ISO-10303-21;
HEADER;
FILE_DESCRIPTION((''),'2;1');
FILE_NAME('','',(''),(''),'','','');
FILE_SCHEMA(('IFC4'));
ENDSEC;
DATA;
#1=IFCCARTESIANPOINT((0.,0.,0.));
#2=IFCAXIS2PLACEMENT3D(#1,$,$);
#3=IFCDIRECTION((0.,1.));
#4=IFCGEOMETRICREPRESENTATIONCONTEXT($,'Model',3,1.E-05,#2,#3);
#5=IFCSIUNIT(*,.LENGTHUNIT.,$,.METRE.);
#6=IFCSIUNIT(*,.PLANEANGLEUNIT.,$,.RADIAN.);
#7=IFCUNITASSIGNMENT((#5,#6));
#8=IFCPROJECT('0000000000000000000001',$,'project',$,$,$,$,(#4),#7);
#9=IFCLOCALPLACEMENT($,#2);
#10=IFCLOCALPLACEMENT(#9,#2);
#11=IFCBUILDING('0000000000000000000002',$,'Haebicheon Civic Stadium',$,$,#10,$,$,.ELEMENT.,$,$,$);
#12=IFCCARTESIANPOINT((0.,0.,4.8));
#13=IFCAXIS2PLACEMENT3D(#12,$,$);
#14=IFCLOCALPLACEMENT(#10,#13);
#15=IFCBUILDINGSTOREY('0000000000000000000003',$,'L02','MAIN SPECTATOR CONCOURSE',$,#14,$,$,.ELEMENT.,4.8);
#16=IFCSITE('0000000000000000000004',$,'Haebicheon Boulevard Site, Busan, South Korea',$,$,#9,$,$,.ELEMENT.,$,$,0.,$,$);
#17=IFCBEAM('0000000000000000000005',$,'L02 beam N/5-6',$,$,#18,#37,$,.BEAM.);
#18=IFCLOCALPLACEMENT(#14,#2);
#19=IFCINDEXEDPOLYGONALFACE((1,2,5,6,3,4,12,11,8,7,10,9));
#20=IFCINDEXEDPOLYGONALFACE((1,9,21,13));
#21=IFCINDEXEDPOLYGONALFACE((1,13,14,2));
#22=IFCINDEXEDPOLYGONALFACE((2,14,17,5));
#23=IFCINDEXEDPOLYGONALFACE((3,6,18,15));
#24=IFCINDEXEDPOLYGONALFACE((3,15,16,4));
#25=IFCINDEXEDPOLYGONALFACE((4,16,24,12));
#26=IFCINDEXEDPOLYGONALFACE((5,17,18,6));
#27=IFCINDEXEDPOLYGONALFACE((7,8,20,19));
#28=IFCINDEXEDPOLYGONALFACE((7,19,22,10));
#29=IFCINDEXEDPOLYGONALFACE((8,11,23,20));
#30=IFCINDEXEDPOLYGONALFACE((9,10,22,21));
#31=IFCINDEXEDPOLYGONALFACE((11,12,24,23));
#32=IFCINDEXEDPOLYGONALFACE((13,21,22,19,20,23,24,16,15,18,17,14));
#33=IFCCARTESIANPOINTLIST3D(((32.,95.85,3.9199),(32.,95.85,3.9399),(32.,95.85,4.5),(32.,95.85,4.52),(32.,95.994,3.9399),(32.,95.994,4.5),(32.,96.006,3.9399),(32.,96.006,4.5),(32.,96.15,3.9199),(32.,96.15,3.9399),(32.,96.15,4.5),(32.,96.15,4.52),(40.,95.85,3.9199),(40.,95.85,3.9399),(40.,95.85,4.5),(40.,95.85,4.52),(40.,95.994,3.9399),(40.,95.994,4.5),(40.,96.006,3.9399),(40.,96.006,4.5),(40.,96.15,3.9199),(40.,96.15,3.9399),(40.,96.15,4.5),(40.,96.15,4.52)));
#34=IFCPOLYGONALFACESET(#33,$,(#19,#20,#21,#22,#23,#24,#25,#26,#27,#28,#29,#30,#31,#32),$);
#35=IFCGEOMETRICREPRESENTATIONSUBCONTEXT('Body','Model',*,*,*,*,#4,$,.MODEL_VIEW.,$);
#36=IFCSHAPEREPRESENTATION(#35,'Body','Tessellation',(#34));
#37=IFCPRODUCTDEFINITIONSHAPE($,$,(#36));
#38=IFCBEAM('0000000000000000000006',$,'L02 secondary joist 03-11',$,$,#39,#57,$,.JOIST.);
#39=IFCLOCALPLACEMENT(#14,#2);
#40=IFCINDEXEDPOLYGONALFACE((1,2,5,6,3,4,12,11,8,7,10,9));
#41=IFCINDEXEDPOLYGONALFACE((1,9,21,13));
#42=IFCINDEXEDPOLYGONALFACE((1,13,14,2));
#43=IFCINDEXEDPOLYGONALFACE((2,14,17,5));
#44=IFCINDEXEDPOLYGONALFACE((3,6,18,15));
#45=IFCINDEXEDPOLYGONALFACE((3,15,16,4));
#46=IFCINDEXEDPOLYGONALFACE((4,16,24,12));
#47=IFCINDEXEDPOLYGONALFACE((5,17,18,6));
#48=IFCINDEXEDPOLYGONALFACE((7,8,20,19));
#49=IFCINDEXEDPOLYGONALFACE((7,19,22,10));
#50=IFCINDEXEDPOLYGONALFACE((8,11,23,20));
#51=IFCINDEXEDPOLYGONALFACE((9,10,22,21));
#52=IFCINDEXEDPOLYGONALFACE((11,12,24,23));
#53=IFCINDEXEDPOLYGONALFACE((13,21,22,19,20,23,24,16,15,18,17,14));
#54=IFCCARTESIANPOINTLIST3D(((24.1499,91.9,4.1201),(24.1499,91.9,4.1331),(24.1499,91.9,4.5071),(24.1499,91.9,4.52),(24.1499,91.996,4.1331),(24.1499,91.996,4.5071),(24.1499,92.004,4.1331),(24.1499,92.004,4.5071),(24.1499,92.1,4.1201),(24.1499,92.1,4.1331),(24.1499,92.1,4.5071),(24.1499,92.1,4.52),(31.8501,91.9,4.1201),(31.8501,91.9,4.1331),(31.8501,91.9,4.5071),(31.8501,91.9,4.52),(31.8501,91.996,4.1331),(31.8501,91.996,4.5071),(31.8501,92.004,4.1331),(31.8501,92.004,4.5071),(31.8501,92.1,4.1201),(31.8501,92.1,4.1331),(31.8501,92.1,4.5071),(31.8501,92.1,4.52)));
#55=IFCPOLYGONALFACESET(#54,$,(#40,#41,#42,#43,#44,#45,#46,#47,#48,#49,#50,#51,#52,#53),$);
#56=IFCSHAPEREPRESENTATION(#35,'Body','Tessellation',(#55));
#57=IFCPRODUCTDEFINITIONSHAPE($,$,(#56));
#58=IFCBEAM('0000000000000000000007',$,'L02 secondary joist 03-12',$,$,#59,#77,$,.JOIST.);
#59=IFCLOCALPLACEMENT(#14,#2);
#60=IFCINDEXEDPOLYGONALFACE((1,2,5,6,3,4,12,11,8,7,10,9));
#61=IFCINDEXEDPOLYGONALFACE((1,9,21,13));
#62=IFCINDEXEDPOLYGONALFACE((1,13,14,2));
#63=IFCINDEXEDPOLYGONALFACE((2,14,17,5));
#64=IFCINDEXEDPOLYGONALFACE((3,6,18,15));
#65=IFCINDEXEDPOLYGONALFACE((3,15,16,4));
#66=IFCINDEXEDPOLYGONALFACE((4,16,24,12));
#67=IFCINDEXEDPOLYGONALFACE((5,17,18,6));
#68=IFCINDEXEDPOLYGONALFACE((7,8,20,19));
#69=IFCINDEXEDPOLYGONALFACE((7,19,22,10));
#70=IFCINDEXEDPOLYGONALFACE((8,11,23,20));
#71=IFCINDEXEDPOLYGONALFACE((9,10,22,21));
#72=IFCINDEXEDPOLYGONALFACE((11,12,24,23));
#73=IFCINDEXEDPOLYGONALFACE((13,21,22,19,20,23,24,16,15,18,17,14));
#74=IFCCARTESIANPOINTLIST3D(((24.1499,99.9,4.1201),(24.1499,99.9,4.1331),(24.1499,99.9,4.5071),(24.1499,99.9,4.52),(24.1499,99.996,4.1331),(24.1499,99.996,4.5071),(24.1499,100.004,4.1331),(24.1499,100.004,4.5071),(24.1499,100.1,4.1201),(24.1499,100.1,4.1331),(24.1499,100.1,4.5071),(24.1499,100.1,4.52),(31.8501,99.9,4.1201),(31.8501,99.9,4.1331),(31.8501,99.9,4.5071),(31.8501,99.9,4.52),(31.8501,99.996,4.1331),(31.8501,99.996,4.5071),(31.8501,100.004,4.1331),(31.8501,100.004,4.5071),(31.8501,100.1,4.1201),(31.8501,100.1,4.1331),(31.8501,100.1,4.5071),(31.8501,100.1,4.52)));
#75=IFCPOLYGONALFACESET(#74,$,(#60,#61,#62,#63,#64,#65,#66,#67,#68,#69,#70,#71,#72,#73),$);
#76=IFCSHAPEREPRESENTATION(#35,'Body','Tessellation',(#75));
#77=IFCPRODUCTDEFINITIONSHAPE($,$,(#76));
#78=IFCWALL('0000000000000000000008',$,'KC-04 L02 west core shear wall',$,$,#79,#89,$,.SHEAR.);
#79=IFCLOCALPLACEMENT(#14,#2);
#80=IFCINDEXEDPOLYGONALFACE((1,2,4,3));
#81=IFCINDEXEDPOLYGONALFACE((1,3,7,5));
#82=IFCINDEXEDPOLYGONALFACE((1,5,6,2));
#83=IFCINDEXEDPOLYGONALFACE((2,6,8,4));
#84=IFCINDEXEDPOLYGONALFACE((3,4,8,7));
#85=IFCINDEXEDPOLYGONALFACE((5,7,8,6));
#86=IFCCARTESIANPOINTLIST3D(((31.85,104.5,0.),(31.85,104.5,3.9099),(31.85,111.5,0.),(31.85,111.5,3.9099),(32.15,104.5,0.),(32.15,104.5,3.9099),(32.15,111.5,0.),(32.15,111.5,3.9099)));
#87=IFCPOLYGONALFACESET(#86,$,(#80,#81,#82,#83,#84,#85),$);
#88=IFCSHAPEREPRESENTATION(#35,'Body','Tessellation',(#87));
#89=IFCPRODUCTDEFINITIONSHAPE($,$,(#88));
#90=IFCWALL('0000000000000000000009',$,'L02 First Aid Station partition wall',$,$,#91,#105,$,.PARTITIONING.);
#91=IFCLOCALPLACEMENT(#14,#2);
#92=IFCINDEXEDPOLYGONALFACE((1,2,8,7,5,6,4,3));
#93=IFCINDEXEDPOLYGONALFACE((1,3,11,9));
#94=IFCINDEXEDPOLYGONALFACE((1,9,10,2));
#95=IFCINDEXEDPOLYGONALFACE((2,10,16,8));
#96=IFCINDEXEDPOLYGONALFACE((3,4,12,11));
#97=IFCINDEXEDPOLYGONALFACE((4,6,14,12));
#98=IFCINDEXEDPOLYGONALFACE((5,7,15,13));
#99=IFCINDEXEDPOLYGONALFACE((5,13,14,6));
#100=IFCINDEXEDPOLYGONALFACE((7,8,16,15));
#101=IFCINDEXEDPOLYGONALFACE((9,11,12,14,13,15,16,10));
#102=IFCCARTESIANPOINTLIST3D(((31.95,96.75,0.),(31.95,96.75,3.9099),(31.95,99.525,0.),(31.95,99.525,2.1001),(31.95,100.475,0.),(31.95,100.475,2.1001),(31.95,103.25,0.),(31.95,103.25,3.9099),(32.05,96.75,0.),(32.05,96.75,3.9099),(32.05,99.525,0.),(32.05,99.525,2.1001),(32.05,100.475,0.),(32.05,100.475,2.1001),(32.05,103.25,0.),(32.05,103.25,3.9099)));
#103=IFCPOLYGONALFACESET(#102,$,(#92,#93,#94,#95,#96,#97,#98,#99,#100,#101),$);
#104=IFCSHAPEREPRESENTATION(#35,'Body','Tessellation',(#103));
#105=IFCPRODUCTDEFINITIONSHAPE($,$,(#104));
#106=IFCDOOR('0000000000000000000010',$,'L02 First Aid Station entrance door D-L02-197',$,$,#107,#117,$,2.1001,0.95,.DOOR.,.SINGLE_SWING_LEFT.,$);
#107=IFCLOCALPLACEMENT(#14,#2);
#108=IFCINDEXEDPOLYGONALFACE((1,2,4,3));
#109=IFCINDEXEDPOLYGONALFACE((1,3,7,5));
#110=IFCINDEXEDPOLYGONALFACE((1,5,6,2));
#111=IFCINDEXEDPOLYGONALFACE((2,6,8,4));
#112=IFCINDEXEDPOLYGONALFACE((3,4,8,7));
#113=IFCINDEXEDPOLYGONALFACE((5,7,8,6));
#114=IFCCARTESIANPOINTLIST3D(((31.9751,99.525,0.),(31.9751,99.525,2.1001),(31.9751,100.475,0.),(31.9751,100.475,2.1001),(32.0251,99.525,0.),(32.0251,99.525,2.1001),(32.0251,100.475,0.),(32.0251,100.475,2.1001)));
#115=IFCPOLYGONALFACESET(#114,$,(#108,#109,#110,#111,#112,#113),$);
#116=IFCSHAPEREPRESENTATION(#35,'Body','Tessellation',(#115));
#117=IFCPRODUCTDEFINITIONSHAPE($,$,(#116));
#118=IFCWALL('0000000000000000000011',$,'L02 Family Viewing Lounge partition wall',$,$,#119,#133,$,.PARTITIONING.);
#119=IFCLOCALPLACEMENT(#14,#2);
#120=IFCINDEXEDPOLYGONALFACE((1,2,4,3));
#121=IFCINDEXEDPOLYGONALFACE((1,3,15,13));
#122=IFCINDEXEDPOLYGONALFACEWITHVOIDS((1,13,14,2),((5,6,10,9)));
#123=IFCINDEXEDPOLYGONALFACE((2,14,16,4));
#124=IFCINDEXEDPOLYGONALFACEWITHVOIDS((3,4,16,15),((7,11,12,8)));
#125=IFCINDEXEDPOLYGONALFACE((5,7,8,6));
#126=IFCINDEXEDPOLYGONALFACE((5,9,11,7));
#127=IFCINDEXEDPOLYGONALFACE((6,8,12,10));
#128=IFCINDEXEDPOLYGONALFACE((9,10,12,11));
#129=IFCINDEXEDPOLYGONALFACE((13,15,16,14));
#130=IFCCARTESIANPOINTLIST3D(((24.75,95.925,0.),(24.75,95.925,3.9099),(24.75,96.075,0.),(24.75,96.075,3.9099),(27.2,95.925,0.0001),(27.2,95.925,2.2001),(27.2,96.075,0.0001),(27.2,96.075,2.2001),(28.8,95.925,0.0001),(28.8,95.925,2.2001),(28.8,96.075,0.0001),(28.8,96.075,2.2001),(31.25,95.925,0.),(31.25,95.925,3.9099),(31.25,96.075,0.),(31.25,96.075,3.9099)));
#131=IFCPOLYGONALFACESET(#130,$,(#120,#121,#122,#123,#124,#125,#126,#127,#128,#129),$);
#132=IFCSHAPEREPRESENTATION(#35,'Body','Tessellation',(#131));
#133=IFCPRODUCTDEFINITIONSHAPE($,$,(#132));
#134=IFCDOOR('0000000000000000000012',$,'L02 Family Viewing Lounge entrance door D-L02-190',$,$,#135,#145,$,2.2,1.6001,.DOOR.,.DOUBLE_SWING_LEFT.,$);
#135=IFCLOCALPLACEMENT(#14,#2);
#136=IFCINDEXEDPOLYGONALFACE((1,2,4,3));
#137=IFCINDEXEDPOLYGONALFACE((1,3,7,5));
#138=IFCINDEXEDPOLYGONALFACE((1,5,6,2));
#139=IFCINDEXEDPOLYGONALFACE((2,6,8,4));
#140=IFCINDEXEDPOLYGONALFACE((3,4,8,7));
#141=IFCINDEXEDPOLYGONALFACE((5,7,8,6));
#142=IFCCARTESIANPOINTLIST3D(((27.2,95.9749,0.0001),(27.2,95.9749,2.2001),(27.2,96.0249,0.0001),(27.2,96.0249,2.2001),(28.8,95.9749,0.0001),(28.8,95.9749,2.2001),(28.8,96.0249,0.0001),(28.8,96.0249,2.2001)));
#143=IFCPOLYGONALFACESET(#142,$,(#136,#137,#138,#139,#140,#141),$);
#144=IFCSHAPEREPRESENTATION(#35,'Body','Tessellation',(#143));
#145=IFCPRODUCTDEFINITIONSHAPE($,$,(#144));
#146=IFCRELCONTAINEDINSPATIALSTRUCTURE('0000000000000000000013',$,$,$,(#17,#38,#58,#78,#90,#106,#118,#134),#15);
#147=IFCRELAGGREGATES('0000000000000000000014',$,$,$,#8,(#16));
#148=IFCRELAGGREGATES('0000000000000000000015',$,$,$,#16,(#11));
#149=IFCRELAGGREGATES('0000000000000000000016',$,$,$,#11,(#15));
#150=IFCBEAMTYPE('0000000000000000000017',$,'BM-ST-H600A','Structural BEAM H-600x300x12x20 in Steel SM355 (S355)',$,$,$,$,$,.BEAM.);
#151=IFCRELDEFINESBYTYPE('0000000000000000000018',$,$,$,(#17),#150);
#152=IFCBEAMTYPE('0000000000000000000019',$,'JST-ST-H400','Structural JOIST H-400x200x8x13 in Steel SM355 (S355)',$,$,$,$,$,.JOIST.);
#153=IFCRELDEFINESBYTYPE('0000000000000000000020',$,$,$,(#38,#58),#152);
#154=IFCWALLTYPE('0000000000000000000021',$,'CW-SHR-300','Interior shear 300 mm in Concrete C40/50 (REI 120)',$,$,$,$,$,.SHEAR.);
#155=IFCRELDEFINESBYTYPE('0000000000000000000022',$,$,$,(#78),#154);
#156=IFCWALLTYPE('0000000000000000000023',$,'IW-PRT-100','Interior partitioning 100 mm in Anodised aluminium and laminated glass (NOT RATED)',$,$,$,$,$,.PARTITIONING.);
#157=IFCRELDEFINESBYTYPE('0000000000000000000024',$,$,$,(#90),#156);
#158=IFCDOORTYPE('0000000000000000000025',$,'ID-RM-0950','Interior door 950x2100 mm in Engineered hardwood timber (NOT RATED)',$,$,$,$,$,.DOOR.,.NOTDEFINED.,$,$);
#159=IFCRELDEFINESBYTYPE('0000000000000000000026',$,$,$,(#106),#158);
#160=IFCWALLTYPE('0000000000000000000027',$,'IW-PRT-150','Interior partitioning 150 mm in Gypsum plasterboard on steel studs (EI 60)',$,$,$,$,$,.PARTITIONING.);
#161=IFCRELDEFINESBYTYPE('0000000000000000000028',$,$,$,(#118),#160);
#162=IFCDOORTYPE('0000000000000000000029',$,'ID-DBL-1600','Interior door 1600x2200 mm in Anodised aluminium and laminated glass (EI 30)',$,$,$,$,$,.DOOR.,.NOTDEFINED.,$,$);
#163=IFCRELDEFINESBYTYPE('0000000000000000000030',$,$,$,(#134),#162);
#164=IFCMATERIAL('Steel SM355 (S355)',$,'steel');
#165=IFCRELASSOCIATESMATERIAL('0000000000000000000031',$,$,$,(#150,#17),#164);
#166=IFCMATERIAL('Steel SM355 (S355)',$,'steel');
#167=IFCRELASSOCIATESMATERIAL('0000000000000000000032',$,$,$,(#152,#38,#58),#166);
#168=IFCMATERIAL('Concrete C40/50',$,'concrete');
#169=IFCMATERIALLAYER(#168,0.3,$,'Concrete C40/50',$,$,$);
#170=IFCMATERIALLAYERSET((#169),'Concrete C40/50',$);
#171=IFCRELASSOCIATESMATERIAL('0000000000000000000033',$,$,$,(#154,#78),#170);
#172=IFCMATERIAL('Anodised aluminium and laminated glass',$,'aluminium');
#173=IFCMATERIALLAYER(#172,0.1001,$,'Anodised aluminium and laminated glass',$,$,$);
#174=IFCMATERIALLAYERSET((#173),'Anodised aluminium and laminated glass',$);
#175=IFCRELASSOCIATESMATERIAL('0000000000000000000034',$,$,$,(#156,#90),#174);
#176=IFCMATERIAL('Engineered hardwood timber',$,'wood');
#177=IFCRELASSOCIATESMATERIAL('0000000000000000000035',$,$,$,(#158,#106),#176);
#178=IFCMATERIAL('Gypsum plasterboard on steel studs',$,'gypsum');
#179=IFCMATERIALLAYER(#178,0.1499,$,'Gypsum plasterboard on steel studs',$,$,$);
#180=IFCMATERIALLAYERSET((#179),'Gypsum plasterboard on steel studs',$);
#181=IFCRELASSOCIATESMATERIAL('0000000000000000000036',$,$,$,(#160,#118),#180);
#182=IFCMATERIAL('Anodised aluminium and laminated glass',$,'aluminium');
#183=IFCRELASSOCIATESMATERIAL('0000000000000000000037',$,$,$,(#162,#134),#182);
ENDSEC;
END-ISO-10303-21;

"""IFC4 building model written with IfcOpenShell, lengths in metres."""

from ifc_helpers import new_model, si_unit, direction, frame, frame_2d, origin, origin_2d, place, context, subcontext, project, spatial, rectangle, i_section, extrude, material, layer, layer_set, material_profile, profile_set, type_object, element, fill, save


model = new_model("IFC4")

# Units and contexts
model_context = context("Model", 3, precision=1e-05, world=origin(), true_north=direction((0.0, 1.0)))
body_context = subcontext(model_context, "Body", "Model", "MODEL_VIEW")
ifc_project = project(units=[si_unit("LENGTHUNIT", "METRE"), si_unit("PLANEANGLEUNIT", "RADIAN")], contexts=[model_context])

# Site, building, storey
site_placement = place(None, origin())
site = spatial("IfcSite", under=ifc_project, at=site_placement, Name="Haebicheon Boulevard Site, Busan, South Korea", CompositionType="ELEMENT", RefElevation=0.0)
building_placement = place(site_placement, origin())
building = spatial("IfcBuilding", under=site, at=building_placement, Name="Haebicheon Civic Stadium", CompositionType="ELEMENT")
storey_placement = place(building_placement, frame((0.0, 0.0, 4.8)))
storey = spatial("IfcBuildingStorey", under=building, at=storey_placement, Name="L02", Description="MAIN SPECTATOR CONCOURSE", CompositionType="ELEMENT", Elevation=4.8)

# Beams
ifc_material_1 = material(Name="Steel SM355 (S355)", Category="steel")
ifc_material_profile_1 = material_profile(ifc_material_1, i_section(OverallWidth=0.3, OverallDepth=0.6001, WebThickness=0.012, FlangeThickness=0.02, at=origin_2d()), Name="H-600x300x12x20")
ifc_profile_set_1 = profile_set([ifc_material_profile_1], Name="Steel SM355 (S355)")
beam_type_1 = type_object("IfcBeamType", Name="BM-ST-H600A", Description="Structural BEAM H-600x300x12x20 in Steel SM355 (S355)", PredefinedType="BEAM", material=ifc_profile_set_1)
for number, where, z_axis, x_axis, name in (
    (1, (32.0, 96.0, 4.22), (1.0, 0.0, 0.0), (0.0, 1.0, 0.0), "L02 beam N/5-6"),
):
    element("IfcBeam", number, at=place(storey_placement, frame(where, z_axis=z_axis, x_axis=x_axis)), inside=storey, type_object=beam_type_1, material=ifc_profile_set_1, Name=name, PredefinedType="BEAM", context=body_context, shape_type="SweptSolid", body=[
        extrude(i_section(OverallWidth=0.3, OverallDepth=0.6001, WebThickness=0.012, FlangeThickness=0.02, at=origin_2d()), origin(), (0.0, 0.0, 1.0), 8.0),
    ])
ifc_material_2 = material(Name="Steel SM355 (S355)", Category="steel")
ifc_material_profile_2 = material_profile(ifc_material_2, i_section(OverallWidth=0.2, OverallDepth=0.3999, WebThickness=0.0081, FlangeThickness=0.0129, at=origin_2d()), Name="H-400x200x8x13")
ifc_profile_set_2 = profile_set([ifc_material_profile_2], Name="Steel SM355 (S355)")
beam_type_2 = type_object("IfcBeamType", Name="JST-ST-H400", Description="Structural JOIST H-400x200x8x13 in Steel SM355 (S355)", PredefinedType="JOIST", material=ifc_profile_set_2)
for number, where, z_axis, x_axis, name in (
    (2, (24.1499, 92.0, 4.3201), (1.0, 0.0, 0.0), (0.0, 1.0, 0.0), "L02 secondary joist 03-11"),
    (3, (24.1499, 100.0, 4.3201), (1.0, 0.0, 0.0), (0.0, 1.0, 0.0), "L02 secondary joist 03-12"),
):
    element("IfcBeam", number, at=place(storey_placement, frame(where, z_axis=z_axis, x_axis=x_axis)), inside=storey, type_object=beam_type_2, material=ifc_profile_set_2, Name=name, PredefinedType="JOIST", context=body_context, shape_type="SweptSolid", body=[
        extrude(i_section(OverallWidth=0.2, OverallDepth=0.3999, WebThickness=0.0081, FlangeThickness=0.0129, at=origin_2d()), origin(), (0.0, 0.0, 1.0), 7.7002),
    ])

# Wall
ifc_material_3 = material(Name="Concrete C40/50", Category="concrete")
ifc_layer_1 = layer(ifc_material_3, 0.3, Name="Concrete C40/50")
ifc_layer_set_1 = layer_set([ifc_layer_1], Name="Concrete C40/50")
wall_type_1 = type_object("IfcWallType", Name="CW-SHR-300", Description="Interior shear 300 mm in Concrete C40/50 (REI 120)", PredefinedType="SHEAR", material=ifc_layer_set_1)
wall_1_placement = place(storey_placement, frame((32.0, 104.5, 0.0), z_axis=(0.0, 0.0, 1.0), x_axis=(0.0, 1.0, 0.0)))
element("IfcWall", 4, at=wall_1_placement, inside=storey, type_object=wall_type_1, material=ifc_layer_set_1, Name="KC-04 L02 west core shear wall", PredefinedType="SHEAR", context=body_context, shape_type="SweptSolid", body=[
    extrude(rectangle(XDim=7.0, YDim=0.3, at=frame_2d((3.5, 0.0))), origin(), (0.0, 0.0, 1.0), 3.9099),
])

# Walls, openings, doors
ifc_material_4 = material(Name="Anodised aluminium and laminated glass", Category="aluminium")
ifc_layer_2 = layer(ifc_material_4, 0.1001, Name="Anodised aluminium and laminated glass")
ifc_layer_set_2 = layer_set([ifc_layer_2], Name="Anodised aluminium and laminated glass")
wall_type_2 = type_object("IfcWallType", Name="IW-PRT-100", Description="Interior partitioning 100 mm in Anodised aluminium and laminated glass (NOT RATED)", PredefinedType="PARTITIONING", material=ifc_layer_set_2)
wall_2_placement = place(storey_placement, frame((32.0, 96.75, 0.0), z_axis=(0.0, 0.0, 1.0), x_axis=(0.0, 1.0, 0.0)))
wall_2 = element("IfcWall", 5, at=wall_2_placement, inside=storey, type_object=wall_type_2, material=ifc_layer_set_2, Name="L02 First Aid Station partition wall", PredefinedType="PARTITIONING", context=body_context, shape_type="SweptSolid", body=[
    extrude(rectangle(XDim=6.5, YDim=0.1001, at=frame_2d((3.25, 0.0))), origin(), (0.0, 0.0, 1.0), 3.9099),
])
opening_1_placement = place(wall_2_placement, frame((2.7749, 0.0, 0.0)))
opening_1 = element("IfcOpeningElement", 6, at=opening_1_placement, cuts=wall_2, PredefinedType="OPENING", context=body_context, shape_type="SweptSolid", body=[
    extrude(rectangle(XDim=0.95, YDim=2.1001, at=frame_2d((0.4751, 1.05))), frame((0.0, 0.0601, 0.0), z_axis=(0.0, -1.0, 0.0), x_axis=(1.0, 0.0, 0.0)), (0.0, 0.0, 1.0), 0.1201),
])
ifc_material_5 = material(Name="Engineered hardwood timber", Category="wood")
door_type_1 = type_object("IfcDoorType", Name="ID-RM-0950", Description="Interior door 950x2100 mm in Engineered hardwood timber (NOT RATED)", OperationType="NOTDEFINED", PredefinedType="DOOR", material=ifc_material_5)
door_1_placement = place(opening_1_placement, origin())
door_1 = element("IfcDoor", 7, at=door_1_placement, inside=storey, type_object=door_type_1, material=ifc_material_5, Name="L02 First Aid Station entrance door D-L02-197", OperationType="SINGLE_SWING_LEFT", OverallHeight=2.1001, OverallWidth=0.95, PredefinedType="DOOR", context=body_context, shape_type="SweptSolid", body=[
    extrude(rectangle(XDim=0.95, YDim=2.1001, at=frame_2d((0.4751, 1.05))), frame((0.0, 0.0249, 0.0), z_axis=(0.0, -1.0, 0.0), x_axis=(1.0, 0.0, 0.0)), (0.0, 0.0, 1.0), 0.05),
])
fill(opening_1, door_1)
ifc_material_6 = material(Name="Gypsum plasterboard on steel studs", Category="gypsum")
ifc_layer_3 = layer(ifc_material_6, 0.1499, Name="Gypsum plasterboard on steel studs")
ifc_layer_set_3 = layer_set([ifc_layer_3], Name="Gypsum plasterboard on steel studs")
wall_type_3 = type_object("IfcWallType", Name="IW-PRT-150", Description="Interior partitioning 150 mm in Gypsum plasterboard on steel studs (EI 60)", PredefinedType="PARTITIONING", material=ifc_layer_set_3)
wall_3_placement = place(storey_placement, frame((24.75, 96.0, 0.0), z_axis=(0.0, 0.0, 1.0), x_axis=(1.0, 0.0, 0.0)))
wall_3 = element("IfcWall", 8, at=wall_3_placement, inside=storey, type_object=wall_type_3, material=ifc_layer_set_3, Name="L02 Family Viewing Lounge partition wall", PredefinedType="PARTITIONING", context=body_context, shape_type="SweptSolid", body=[
    extrude(rectangle(XDim=6.5, YDim=0.1499, at=frame_2d((3.25, 0.0))), origin(), (0.0, 0.0, 1.0), 3.9099),
])
opening_2_placement = place(wall_3_placement, frame((2.45, 0.0, 0.0)))
opening_2 = element("IfcOpeningElement", 9, at=opening_2_placement, cuts=wall_3, PredefinedType="OPENING", context=body_context, shape_type="SweptSolid", body=[
    extrude(rectangle(XDim=1.6001, YDim=2.2, at=frame_2d((0.8, 1.1001))), frame((0.0, 0.085, 0.0), z_axis=(0.0, -1.0, 0.0), x_axis=(1.0, 0.0, 0.0)), (0.0, 0.0, 1.0), 0.1699),
])
ifc_material_7 = material(Name="Anodised aluminium and laminated glass", Category="aluminium")
door_type_2 = type_object("IfcDoorType", Name="ID-DBL-1600", Description="Interior door 1600x2200 mm in Anodised aluminium and laminated glass (EI 30)", OperationType="NOTDEFINED", PredefinedType="DOOR", material=ifc_material_7)
door_2_placement = place(opening_2_placement, origin())
door_2 = element("IfcDoor", 10, at=door_2_placement, inside=storey, type_object=door_type_2, material=ifc_material_7, Name="L02 Family Viewing Lounge entrance door D-L02-190", OperationType="DOUBLE_SWING_LEFT", OverallHeight=2.2, OverallWidth=1.6001, PredefinedType="DOOR", context=body_context, shape_type="SweptSolid", body=[
    extrude(rectangle(XDim=1.6001, YDim=2.2, at=frame_2d((0.8, 1.1001))), frame((0.0, 0.0249, 0.0), z_axis=(0.0, -1.0, 0.0), x_axis=(1.0, 0.0, 0.0)), (0.0, 0.0, 1.0), 0.05),
])
fill(opening_2, door_2)

save(model, "model.ifc")
